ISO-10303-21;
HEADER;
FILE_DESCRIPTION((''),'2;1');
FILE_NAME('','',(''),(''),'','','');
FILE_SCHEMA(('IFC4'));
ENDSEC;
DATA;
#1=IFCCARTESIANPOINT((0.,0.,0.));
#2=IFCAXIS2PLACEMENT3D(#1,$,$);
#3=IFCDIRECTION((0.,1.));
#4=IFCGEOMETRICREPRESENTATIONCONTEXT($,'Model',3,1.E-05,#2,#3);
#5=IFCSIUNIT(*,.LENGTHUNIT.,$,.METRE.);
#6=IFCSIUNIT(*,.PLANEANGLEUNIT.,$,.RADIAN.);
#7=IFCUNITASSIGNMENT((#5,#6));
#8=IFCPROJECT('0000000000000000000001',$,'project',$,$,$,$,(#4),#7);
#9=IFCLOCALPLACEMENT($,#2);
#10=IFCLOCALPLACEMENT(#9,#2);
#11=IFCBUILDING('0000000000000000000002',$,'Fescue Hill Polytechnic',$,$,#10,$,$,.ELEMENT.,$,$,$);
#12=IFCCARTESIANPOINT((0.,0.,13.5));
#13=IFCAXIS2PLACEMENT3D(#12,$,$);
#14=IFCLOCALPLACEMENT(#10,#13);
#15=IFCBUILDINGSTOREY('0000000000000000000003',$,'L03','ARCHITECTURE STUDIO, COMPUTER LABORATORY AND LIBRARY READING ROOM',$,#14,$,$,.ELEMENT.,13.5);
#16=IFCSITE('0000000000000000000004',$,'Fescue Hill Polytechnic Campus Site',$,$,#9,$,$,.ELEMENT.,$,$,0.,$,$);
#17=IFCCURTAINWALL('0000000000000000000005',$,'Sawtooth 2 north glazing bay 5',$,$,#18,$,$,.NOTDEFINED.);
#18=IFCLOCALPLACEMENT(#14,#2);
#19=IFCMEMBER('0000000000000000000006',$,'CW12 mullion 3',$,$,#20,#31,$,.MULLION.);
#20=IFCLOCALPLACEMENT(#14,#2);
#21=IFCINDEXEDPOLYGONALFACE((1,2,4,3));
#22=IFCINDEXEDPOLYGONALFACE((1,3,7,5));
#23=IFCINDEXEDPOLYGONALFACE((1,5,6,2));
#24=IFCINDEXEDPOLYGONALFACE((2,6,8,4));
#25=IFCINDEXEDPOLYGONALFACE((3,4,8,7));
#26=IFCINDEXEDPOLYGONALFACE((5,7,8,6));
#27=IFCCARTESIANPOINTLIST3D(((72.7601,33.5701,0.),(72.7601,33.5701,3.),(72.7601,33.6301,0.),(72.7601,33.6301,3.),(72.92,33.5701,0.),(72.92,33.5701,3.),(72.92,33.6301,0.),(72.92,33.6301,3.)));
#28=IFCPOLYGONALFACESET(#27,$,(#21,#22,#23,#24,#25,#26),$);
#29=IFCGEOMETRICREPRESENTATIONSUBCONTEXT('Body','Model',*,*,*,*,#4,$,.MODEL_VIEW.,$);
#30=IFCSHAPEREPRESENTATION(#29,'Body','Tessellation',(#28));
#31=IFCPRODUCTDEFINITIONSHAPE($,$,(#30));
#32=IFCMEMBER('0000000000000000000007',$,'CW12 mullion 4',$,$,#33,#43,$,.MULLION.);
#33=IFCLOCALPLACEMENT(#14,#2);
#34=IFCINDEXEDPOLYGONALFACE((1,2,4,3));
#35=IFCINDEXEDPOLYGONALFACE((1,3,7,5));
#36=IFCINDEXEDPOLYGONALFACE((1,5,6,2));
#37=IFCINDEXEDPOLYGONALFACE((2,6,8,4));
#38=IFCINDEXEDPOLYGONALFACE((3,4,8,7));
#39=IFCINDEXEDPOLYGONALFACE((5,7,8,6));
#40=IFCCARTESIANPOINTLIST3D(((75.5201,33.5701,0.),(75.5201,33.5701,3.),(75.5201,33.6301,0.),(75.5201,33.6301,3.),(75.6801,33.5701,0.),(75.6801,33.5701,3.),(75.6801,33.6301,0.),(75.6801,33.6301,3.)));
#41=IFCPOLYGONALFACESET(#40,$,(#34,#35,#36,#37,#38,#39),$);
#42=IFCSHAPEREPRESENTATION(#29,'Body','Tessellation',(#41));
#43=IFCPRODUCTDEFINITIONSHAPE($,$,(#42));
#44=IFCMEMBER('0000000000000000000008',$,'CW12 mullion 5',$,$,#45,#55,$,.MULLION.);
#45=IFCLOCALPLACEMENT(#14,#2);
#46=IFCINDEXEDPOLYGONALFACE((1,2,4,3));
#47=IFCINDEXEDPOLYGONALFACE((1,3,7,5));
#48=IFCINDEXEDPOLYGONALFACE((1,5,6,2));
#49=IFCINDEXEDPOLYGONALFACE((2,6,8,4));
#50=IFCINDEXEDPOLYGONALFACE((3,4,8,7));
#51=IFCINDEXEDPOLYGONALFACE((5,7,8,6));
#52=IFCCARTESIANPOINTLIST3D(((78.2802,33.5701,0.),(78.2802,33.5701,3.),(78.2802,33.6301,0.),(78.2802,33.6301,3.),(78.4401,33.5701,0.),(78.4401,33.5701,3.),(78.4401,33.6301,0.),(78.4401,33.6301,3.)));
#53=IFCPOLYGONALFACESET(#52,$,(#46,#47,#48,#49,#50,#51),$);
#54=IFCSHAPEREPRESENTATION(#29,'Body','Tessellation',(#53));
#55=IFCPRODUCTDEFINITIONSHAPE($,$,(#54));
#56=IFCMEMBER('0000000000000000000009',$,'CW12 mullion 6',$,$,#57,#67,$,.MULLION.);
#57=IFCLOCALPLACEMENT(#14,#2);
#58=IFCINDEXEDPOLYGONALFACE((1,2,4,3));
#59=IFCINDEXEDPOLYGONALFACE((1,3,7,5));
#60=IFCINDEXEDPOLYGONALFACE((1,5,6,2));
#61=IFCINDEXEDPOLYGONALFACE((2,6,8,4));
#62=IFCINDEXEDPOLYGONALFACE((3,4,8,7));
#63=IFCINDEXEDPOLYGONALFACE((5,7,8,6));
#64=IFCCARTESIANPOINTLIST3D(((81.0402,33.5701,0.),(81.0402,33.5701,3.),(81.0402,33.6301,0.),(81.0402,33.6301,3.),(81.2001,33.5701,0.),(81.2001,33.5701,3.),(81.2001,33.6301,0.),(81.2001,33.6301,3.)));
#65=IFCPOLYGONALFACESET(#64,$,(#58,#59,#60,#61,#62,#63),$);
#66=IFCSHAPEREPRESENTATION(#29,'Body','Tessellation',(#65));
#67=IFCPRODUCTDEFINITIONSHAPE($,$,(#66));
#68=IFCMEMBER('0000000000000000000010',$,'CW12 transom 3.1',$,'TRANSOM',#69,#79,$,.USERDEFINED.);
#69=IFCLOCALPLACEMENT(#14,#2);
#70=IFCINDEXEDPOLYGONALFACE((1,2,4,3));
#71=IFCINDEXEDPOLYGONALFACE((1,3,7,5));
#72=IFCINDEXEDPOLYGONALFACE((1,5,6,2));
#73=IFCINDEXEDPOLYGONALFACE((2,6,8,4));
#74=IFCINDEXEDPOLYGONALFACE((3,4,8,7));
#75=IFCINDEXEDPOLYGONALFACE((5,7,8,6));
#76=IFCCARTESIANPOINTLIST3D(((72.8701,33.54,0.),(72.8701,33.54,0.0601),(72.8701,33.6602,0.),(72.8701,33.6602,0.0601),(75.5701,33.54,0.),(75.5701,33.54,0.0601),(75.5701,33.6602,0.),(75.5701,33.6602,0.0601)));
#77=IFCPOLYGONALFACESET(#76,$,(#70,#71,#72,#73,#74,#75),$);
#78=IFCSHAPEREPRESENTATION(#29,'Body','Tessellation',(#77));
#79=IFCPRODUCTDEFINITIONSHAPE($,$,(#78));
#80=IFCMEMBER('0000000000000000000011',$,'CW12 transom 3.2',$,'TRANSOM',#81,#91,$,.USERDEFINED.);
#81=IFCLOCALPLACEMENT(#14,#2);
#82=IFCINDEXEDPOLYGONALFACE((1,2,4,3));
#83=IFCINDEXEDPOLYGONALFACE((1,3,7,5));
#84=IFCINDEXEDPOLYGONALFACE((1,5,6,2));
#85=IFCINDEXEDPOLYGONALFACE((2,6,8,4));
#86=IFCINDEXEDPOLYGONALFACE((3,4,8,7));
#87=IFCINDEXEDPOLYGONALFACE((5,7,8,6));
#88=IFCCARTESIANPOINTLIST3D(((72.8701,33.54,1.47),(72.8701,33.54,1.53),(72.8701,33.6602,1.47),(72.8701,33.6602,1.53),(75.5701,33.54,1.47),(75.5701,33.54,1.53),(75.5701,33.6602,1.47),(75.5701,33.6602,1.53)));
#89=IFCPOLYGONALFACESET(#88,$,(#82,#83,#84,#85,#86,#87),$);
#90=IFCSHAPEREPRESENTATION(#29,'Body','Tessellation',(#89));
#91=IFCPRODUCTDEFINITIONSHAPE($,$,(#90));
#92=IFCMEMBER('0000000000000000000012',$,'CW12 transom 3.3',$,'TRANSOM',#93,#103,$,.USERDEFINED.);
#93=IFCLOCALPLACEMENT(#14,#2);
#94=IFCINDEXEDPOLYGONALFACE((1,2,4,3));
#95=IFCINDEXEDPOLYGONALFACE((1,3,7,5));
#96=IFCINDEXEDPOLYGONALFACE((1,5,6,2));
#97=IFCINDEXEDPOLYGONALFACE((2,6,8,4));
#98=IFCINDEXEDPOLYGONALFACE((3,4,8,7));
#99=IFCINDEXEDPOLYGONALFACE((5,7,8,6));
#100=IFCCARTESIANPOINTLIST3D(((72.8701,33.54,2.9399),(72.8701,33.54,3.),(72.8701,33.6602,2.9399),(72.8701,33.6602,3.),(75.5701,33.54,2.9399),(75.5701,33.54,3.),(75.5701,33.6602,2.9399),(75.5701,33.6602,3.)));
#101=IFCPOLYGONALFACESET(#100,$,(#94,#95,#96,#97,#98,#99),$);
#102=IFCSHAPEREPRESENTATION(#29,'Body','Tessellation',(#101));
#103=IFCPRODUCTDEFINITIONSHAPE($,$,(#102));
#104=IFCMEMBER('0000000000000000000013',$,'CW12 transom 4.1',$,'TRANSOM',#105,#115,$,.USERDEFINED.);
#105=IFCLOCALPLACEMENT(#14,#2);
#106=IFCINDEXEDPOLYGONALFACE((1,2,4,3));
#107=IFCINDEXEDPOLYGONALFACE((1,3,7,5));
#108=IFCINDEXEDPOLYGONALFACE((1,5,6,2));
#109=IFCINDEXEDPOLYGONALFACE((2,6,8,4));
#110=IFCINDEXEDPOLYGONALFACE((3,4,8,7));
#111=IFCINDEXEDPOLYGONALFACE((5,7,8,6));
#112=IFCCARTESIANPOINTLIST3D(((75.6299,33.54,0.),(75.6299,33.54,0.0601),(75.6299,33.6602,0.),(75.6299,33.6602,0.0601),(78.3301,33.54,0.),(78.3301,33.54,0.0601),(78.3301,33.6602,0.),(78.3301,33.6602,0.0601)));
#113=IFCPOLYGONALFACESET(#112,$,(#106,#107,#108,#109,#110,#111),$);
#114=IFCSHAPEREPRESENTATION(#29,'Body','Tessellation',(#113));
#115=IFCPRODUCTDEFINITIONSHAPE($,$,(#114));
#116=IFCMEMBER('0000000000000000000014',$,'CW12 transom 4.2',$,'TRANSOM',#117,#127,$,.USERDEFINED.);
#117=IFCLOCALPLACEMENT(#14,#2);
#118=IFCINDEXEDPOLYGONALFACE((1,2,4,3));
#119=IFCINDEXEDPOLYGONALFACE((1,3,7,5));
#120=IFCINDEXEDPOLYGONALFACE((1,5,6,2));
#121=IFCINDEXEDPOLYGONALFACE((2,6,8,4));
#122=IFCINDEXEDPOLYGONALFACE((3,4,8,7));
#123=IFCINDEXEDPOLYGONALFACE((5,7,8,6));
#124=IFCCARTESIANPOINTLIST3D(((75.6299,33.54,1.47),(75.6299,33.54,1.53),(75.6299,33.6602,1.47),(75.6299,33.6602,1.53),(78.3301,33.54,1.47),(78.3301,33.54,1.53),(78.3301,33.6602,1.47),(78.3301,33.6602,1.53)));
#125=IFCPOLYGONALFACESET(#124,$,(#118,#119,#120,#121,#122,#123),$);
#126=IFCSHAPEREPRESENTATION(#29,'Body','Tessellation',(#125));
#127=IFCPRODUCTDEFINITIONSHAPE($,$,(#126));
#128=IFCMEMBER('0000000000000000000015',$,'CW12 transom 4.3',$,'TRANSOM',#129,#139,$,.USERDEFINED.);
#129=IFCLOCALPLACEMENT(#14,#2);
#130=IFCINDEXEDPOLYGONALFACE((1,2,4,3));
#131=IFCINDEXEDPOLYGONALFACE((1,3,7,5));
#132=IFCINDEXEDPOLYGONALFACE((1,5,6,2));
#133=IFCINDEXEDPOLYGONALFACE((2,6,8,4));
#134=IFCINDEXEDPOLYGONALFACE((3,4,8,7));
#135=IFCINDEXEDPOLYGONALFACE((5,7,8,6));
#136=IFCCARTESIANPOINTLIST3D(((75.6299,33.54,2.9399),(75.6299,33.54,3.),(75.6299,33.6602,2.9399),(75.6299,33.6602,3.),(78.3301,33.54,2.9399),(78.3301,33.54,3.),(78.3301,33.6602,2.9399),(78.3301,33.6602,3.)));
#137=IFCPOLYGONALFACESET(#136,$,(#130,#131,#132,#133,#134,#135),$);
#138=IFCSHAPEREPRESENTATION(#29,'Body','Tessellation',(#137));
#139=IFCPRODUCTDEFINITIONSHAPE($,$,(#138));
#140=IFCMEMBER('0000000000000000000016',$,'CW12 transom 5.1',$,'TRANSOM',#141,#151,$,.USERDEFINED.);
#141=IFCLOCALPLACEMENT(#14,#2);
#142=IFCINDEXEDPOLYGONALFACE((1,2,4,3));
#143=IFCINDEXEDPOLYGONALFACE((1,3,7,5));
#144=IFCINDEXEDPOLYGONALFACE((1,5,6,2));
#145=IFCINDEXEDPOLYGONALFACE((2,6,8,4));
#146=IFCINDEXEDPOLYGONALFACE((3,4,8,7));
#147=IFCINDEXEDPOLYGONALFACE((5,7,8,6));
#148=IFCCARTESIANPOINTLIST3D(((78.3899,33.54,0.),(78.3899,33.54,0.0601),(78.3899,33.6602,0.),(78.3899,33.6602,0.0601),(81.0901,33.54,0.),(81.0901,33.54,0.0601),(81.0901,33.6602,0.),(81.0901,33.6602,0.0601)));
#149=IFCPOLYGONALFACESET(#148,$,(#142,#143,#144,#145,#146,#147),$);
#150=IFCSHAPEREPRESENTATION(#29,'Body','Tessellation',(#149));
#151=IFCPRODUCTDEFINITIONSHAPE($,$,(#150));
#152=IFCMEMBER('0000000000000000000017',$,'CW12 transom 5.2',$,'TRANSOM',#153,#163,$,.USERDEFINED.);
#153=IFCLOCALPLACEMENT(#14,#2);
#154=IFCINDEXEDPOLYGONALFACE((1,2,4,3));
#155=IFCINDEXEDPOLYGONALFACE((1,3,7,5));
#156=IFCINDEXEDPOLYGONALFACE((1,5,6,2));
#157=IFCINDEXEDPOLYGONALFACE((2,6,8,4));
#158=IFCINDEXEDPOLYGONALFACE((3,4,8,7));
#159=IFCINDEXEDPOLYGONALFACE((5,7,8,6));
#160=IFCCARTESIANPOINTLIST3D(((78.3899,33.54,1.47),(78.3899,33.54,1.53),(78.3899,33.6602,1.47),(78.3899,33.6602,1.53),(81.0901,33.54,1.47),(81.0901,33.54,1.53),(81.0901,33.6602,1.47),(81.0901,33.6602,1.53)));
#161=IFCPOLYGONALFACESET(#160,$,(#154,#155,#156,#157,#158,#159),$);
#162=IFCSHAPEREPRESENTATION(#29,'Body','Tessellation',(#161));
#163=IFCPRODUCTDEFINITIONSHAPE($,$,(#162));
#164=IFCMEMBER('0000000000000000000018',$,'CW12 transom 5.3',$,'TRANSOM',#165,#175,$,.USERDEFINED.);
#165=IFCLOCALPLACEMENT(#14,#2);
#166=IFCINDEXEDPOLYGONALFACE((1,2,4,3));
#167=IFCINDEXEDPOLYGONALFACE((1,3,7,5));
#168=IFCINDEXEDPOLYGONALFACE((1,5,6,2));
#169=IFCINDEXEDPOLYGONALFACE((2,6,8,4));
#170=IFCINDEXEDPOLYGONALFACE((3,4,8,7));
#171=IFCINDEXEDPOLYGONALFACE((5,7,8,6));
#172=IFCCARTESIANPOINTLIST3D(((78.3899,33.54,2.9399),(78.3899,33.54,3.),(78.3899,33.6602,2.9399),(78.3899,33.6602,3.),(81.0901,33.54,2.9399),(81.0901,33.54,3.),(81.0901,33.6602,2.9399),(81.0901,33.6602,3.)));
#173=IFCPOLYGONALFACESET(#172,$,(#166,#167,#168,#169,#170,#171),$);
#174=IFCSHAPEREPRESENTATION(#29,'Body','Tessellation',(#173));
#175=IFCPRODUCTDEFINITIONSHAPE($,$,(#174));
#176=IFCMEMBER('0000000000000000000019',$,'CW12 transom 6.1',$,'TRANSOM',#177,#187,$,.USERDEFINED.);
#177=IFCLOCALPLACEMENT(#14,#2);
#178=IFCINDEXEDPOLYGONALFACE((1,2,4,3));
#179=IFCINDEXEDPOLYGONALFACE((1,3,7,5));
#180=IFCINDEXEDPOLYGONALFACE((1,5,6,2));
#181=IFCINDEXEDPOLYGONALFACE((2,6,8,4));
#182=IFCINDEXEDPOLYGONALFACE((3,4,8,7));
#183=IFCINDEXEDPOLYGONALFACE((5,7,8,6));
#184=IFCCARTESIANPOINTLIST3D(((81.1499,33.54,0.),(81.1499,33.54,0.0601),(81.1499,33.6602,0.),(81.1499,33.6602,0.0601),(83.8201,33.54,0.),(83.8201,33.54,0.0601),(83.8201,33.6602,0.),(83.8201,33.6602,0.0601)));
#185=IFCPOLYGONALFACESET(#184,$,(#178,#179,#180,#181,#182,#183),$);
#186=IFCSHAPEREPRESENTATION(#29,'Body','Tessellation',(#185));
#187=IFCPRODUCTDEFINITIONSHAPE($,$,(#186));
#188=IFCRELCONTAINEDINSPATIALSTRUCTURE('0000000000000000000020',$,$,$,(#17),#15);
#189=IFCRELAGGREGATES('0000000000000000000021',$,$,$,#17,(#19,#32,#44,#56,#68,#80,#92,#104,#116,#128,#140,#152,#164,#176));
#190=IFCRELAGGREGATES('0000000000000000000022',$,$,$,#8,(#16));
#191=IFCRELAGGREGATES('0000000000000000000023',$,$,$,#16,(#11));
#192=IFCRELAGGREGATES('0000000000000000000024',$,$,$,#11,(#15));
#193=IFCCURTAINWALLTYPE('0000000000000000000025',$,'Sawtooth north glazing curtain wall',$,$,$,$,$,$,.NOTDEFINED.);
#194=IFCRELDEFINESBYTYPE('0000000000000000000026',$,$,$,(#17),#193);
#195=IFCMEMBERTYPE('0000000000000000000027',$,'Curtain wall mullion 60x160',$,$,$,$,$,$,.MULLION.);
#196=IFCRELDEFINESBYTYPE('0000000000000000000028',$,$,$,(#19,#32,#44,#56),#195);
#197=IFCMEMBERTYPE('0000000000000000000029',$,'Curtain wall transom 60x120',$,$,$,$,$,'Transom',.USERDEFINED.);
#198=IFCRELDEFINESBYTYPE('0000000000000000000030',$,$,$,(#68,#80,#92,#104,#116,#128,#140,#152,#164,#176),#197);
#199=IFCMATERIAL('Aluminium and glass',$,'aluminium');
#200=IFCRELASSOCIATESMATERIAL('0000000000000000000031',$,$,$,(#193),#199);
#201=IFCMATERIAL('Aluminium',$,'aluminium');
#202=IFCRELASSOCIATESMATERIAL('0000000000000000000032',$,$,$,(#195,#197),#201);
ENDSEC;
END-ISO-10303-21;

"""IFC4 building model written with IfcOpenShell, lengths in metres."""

from ifc_helpers import new_model, si_unit, direction, frame, origin, origin_2d, place, context, subcontext, project, spatial, rectangle, extrude, material, material_profile, profile_set, type_object, element, aggregate, save


model = new_model("IFC4")

# Units and contexts
model_context = context("Model", 3, precision=1e-05, world=origin(), true_north=direction((0.0, 1.0)))
body_context = subcontext(model_context, "Body", "Model", "MODEL_VIEW")
ifc_project = project(units=[si_unit("LENGTHUNIT", "METRE"), si_unit("PLANEANGLEUNIT", "RADIAN")], contexts=[model_context])

# Site, building, storey
site_placement = place(None, origin())
site = spatial("IfcSite", under=ifc_project, at=site_placement, Name="Fescue Hill Polytechnic Campus Site", CompositionType="ELEMENT", RefElevation=0.0)
building_placement = place(site_placement, origin())
building = spatial("IfcBuilding", under=site, at=building_placement, Name="Fescue Hill Polytechnic", CompositionType="ELEMENT")
storey_placement = place(building_placement, frame((0.0, 0.0, 13.5)))
storey = spatial("IfcBuildingStorey", under=building, at=storey_placement, Name="L03", Description="ARCHITECTURE STUDIO, COMPUTER LABORATORY AND LIBRARY READING ROOM", CompositionType="ELEMENT", Elevation=13.5)

# Curtain wall, members
ifc_material_1 = material(Name="Aluminium and glass", Category="aluminium")
curtain_wall_type = type_object("IfcCurtainWallType", Name="Sawtooth north glazing curtain wall", PredefinedType="NOTDEFINED", material=ifc_material_1)
curtain_wall_placement = place(storey_placement, origin())
curtain_wall = element("IfcCurtainWall", 1, at=curtain_wall_placement, inside=storey, type_object=curtain_wall_type, Name="Sawtooth 2 north glazing bay 5", PredefinedType="NOTDEFINED")
ifc_material_2 = material(Name="Aluminium", Category="aluminium")
ifc_material_profile_1 = material_profile(ifc_material_2, rectangle(XDim=0.0601, YDim=0.1599, at=origin_2d()), Name="Curtain wall mullion 60x160")
ifc_profile_set_1 = profile_set([ifc_material_profile_1], Name="Aluminium")
member_type_1 = type_object("IfcMemberType", Name="Curtain wall mullion 60x160", PredefinedType="MULLION", material=ifc_profile_set_1)
member_1_placement = place(storey_placement, frame((72.8401, 33.6001, 0.0), z_axis=(0.0, 0.0, 1.0), x_axis=(0.0, 1.0, 0.0)))
member_1 = element("IfcMember", 2, at=member_1_placement, type_object=member_type_1, Name="CW12 mullion 3", PredefinedType="MULLION", context=body_context, shape_type="SweptSolid", body=[
    extrude(rectangle(XDim=0.0601, YDim=0.1599, at=origin_2d()), origin(), (0.0, 0.0, 1.0), 3.0),
])
member_2_placement = place(storey_placement, frame((75.6001, 33.6001, 0.0), z_axis=(0.0, 0.0, 1.0), x_axis=(0.0, 1.0, 0.0)))
member_2 = element("IfcMember", 3, at=member_2_placement, type_object=member_type_1, Name="CW12 mullion 4", PredefinedType="MULLION", context=body_context, shape_type="SweptSolid", body=[
    extrude(rectangle(XDim=0.0601, YDim=0.1599, at=origin_2d()), origin(), (0.0, 0.0, 1.0), 3.0),
])
member_3_placement = place(storey_placement, frame((78.3601, 33.6001, 0.0), z_axis=(0.0, 0.0, 1.0), x_axis=(0.0, 1.0, 0.0)))
member_3 = element("IfcMember", 4, at=member_3_placement, type_object=member_type_1, Name="CW12 mullion 5", PredefinedType="MULLION", context=body_context, shape_type="SweptSolid", body=[
    extrude(rectangle(XDim=0.0601, YDim=0.1599, at=origin_2d()), origin(), (0.0, 0.0, 1.0), 3.0),
])
member_4_placement = place(storey_placement, frame((81.1201, 33.6001, 0.0), z_axis=(0.0, 0.0, 1.0), x_axis=(0.0, 1.0, 0.0)))
member_4 = element("IfcMember", 5, at=member_4_placement, type_object=member_type_1, Name="CW12 mullion 6", PredefinedType="MULLION", context=body_context, shape_type="SweptSolid", body=[
    extrude(rectangle(XDim=0.0601, YDim=0.1599, at=origin_2d()), origin(), (0.0, 0.0, 1.0), 3.0),
])
ifc_material_profile_2 = material_profile(ifc_material_2, rectangle(XDim=0.1201, YDim=0.0601, at=origin_2d()), Name="Curtain wall transom 60x120")
ifc_profile_set_2 = profile_set([ifc_material_profile_2], Name="Aluminium")
member_type_2 = type_object("IfcMemberType", Name="Curtain wall transom 60x120", ElementType="Transom", PredefinedType="USERDEFINED", material=ifc_profile_set_2)
member_5_placement = place(storey_placement, frame((72.8701, 33.6001, 0.03), z_axis=(1.0, 0.0, 0.0), x_axis=(0.0, 1.0, 0.0)))
member_5 = element("IfcMember", 6, at=member_5_placement, type_object=member_type_2, Name="CW12 transom 3.1", ObjectType="TRANSOM", PredefinedType="USERDEFINED", context=body_context, shape_type="SweptSolid", body=[
    extrude(rectangle(XDim=0.1201, YDim=0.0601, at=origin_2d()), origin(), (0.0, 0.0, 1.0), 2.7),
])
member_6_placement = place(storey_placement, frame((72.8701, 33.6001, 1.5), z_axis=(1.0, 0.0, 0.0), x_axis=(0.0, 1.0, 0.0)))
member_6 = element("IfcMember", 7, at=member_6_placement, type_object=member_type_2, Name="CW12 transom 3.2", ObjectType="TRANSOM", PredefinedType="USERDEFINED", context=body_context, shape_type="SweptSolid", body=[
    extrude(rectangle(XDim=0.1201, YDim=0.0601, at=origin_2d()), origin(), (0.0, 0.0, 1.0), 2.7),
])
member_7_placement = place(storey_placement, frame((72.8701, 33.6001, 2.97), z_axis=(1.0, 0.0, 0.0), x_axis=(0.0, 1.0, 0.0)))
member_7 = element("IfcMember", 8, at=member_7_placement, type_object=member_type_2, Name="CW12 transom 3.3", ObjectType="TRANSOM", PredefinedType="USERDEFINED", context=body_context, shape_type="SweptSolid", body=[
    extrude(rectangle(XDim=0.1201, YDim=0.0601, at=origin_2d()), origin(), (0.0, 0.0, 1.0), 2.7),
])
member_8_placement = place(storey_placement, frame((75.6299, 33.6001, 0.03), z_axis=(1.0, 0.0, 0.0), x_axis=(0.0, 1.0, 0.0)))
member_8 = element("IfcMember", 9, at=member_8_placement, type_object=member_type_2, Name="CW12 transom 4.1", ObjectType="TRANSOM", PredefinedType="USERDEFINED", context=body_context, shape_type="SweptSolid", body=[
    extrude(rectangle(XDim=0.1201, YDim=0.0601, at=origin_2d()), origin(), (0.0, 0.0, 1.0), 2.7002),
])
member_9_placement = place(storey_placement, frame((75.6299, 33.6001, 1.5), z_axis=(1.0, 0.0, 0.0), x_axis=(0.0, 1.0, 0.0)))
member_9 = element("IfcMember", 10, at=member_9_placement, type_object=member_type_2, Name="CW12 transom 4.2", ObjectType="TRANSOM", PredefinedType="USERDEFINED", context=body_context, shape_type="SweptSolid", body=[
    extrude(rectangle(XDim=0.1201, YDim=0.0601, at=origin_2d()), origin(), (0.0, 0.0, 1.0), 2.7002),
])
member_10_placement = place(storey_placement, frame((75.6299, 33.6001, 2.97), z_axis=(1.0, 0.0, 0.0), x_axis=(0.0, 1.0, 0.0)))
member_10 = element("IfcMember", 11, at=member_10_placement, type_object=member_type_2, Name="CW12 transom 4.3", ObjectType="TRANSOM", PredefinedType="USERDEFINED", context=body_context, shape_type="SweptSolid", body=[
    extrude(rectangle(XDim=0.1201, YDim=0.0601, at=origin_2d()), origin(), (0.0, 0.0, 1.0), 2.7002),
])
member_11_placement = place(storey_placement, frame((78.3899, 33.6001, 0.03), z_axis=(1.0, 0.0, 0.0), x_axis=(0.0, 1.0, 0.0)))
member_11 = element("IfcMember", 12, at=member_11_placement, type_object=member_type_2, Name="CW12 transom 5.1", ObjectType="TRANSOM", PredefinedType="USERDEFINED", context=body_context, shape_type="SweptSolid", body=[
    extrude(rectangle(XDim=0.1201, YDim=0.0601, at=origin_2d()), origin(), (0.0, 0.0, 1.0), 2.7002),
])
member_12_placement = place(storey_placement, frame((78.3899, 33.6001, 1.5), z_axis=(1.0, 0.0, 0.0), x_axis=(0.0, 1.0, 0.0)))
member_12 = element("IfcMember", 13, at=member_12_placement, type_object=member_type_2, Name="CW12 transom 5.2", ObjectType="TRANSOM", PredefinedType="USERDEFINED", context=body_context, shape_type="SweptSolid", body=[
    extrude(rectangle(XDim=0.1201, YDim=0.0601, at=origin_2d()), origin(), (0.0, 0.0, 1.0), 2.7002),
])
member_13_placement = place(storey_placement, frame((78.3899, 33.6001, 2.97), z_axis=(1.0, 0.0, 0.0), x_axis=(0.0, 1.0, 0.0)))
member_13 = element("IfcMember", 14, at=member_13_placement, type_object=member_type_2, Name="CW12 transom 5.3", ObjectType="TRANSOM", PredefinedType="USERDEFINED", context=body_context, shape_type="SweptSolid", body=[
    extrude(rectangle(XDim=0.1201, YDim=0.0601, at=origin_2d()), origin(), (0.0, 0.0, 1.0), 2.7002),
])
member_14_placement = place(storey_placement, frame((81.1499, 33.6001, 0.03), z_axis=(1.0, 0.0, 0.0), x_axis=(0.0, 1.0, 0.0)))
member_14 = element("IfcMember", 15, at=member_14_placement, type_object=member_type_2, Name="CW12 transom 6.1", ObjectType="TRANSOM", PredefinedType="USERDEFINED", context=body_context, shape_type="SweptSolid", body=[
    extrude(rectangle(XDim=0.1201, YDim=0.0601, at=origin_2d()), origin(), (0.0, 0.0, 1.0), 2.6702),
])
aggregate(curtain_wall, [member_1, member_2, member_3, member_4, member_5, member_6, member_7, member_8, member_9, member_10, member_11, member_12, member_13, member_14])

save(model, "model.ifc")
